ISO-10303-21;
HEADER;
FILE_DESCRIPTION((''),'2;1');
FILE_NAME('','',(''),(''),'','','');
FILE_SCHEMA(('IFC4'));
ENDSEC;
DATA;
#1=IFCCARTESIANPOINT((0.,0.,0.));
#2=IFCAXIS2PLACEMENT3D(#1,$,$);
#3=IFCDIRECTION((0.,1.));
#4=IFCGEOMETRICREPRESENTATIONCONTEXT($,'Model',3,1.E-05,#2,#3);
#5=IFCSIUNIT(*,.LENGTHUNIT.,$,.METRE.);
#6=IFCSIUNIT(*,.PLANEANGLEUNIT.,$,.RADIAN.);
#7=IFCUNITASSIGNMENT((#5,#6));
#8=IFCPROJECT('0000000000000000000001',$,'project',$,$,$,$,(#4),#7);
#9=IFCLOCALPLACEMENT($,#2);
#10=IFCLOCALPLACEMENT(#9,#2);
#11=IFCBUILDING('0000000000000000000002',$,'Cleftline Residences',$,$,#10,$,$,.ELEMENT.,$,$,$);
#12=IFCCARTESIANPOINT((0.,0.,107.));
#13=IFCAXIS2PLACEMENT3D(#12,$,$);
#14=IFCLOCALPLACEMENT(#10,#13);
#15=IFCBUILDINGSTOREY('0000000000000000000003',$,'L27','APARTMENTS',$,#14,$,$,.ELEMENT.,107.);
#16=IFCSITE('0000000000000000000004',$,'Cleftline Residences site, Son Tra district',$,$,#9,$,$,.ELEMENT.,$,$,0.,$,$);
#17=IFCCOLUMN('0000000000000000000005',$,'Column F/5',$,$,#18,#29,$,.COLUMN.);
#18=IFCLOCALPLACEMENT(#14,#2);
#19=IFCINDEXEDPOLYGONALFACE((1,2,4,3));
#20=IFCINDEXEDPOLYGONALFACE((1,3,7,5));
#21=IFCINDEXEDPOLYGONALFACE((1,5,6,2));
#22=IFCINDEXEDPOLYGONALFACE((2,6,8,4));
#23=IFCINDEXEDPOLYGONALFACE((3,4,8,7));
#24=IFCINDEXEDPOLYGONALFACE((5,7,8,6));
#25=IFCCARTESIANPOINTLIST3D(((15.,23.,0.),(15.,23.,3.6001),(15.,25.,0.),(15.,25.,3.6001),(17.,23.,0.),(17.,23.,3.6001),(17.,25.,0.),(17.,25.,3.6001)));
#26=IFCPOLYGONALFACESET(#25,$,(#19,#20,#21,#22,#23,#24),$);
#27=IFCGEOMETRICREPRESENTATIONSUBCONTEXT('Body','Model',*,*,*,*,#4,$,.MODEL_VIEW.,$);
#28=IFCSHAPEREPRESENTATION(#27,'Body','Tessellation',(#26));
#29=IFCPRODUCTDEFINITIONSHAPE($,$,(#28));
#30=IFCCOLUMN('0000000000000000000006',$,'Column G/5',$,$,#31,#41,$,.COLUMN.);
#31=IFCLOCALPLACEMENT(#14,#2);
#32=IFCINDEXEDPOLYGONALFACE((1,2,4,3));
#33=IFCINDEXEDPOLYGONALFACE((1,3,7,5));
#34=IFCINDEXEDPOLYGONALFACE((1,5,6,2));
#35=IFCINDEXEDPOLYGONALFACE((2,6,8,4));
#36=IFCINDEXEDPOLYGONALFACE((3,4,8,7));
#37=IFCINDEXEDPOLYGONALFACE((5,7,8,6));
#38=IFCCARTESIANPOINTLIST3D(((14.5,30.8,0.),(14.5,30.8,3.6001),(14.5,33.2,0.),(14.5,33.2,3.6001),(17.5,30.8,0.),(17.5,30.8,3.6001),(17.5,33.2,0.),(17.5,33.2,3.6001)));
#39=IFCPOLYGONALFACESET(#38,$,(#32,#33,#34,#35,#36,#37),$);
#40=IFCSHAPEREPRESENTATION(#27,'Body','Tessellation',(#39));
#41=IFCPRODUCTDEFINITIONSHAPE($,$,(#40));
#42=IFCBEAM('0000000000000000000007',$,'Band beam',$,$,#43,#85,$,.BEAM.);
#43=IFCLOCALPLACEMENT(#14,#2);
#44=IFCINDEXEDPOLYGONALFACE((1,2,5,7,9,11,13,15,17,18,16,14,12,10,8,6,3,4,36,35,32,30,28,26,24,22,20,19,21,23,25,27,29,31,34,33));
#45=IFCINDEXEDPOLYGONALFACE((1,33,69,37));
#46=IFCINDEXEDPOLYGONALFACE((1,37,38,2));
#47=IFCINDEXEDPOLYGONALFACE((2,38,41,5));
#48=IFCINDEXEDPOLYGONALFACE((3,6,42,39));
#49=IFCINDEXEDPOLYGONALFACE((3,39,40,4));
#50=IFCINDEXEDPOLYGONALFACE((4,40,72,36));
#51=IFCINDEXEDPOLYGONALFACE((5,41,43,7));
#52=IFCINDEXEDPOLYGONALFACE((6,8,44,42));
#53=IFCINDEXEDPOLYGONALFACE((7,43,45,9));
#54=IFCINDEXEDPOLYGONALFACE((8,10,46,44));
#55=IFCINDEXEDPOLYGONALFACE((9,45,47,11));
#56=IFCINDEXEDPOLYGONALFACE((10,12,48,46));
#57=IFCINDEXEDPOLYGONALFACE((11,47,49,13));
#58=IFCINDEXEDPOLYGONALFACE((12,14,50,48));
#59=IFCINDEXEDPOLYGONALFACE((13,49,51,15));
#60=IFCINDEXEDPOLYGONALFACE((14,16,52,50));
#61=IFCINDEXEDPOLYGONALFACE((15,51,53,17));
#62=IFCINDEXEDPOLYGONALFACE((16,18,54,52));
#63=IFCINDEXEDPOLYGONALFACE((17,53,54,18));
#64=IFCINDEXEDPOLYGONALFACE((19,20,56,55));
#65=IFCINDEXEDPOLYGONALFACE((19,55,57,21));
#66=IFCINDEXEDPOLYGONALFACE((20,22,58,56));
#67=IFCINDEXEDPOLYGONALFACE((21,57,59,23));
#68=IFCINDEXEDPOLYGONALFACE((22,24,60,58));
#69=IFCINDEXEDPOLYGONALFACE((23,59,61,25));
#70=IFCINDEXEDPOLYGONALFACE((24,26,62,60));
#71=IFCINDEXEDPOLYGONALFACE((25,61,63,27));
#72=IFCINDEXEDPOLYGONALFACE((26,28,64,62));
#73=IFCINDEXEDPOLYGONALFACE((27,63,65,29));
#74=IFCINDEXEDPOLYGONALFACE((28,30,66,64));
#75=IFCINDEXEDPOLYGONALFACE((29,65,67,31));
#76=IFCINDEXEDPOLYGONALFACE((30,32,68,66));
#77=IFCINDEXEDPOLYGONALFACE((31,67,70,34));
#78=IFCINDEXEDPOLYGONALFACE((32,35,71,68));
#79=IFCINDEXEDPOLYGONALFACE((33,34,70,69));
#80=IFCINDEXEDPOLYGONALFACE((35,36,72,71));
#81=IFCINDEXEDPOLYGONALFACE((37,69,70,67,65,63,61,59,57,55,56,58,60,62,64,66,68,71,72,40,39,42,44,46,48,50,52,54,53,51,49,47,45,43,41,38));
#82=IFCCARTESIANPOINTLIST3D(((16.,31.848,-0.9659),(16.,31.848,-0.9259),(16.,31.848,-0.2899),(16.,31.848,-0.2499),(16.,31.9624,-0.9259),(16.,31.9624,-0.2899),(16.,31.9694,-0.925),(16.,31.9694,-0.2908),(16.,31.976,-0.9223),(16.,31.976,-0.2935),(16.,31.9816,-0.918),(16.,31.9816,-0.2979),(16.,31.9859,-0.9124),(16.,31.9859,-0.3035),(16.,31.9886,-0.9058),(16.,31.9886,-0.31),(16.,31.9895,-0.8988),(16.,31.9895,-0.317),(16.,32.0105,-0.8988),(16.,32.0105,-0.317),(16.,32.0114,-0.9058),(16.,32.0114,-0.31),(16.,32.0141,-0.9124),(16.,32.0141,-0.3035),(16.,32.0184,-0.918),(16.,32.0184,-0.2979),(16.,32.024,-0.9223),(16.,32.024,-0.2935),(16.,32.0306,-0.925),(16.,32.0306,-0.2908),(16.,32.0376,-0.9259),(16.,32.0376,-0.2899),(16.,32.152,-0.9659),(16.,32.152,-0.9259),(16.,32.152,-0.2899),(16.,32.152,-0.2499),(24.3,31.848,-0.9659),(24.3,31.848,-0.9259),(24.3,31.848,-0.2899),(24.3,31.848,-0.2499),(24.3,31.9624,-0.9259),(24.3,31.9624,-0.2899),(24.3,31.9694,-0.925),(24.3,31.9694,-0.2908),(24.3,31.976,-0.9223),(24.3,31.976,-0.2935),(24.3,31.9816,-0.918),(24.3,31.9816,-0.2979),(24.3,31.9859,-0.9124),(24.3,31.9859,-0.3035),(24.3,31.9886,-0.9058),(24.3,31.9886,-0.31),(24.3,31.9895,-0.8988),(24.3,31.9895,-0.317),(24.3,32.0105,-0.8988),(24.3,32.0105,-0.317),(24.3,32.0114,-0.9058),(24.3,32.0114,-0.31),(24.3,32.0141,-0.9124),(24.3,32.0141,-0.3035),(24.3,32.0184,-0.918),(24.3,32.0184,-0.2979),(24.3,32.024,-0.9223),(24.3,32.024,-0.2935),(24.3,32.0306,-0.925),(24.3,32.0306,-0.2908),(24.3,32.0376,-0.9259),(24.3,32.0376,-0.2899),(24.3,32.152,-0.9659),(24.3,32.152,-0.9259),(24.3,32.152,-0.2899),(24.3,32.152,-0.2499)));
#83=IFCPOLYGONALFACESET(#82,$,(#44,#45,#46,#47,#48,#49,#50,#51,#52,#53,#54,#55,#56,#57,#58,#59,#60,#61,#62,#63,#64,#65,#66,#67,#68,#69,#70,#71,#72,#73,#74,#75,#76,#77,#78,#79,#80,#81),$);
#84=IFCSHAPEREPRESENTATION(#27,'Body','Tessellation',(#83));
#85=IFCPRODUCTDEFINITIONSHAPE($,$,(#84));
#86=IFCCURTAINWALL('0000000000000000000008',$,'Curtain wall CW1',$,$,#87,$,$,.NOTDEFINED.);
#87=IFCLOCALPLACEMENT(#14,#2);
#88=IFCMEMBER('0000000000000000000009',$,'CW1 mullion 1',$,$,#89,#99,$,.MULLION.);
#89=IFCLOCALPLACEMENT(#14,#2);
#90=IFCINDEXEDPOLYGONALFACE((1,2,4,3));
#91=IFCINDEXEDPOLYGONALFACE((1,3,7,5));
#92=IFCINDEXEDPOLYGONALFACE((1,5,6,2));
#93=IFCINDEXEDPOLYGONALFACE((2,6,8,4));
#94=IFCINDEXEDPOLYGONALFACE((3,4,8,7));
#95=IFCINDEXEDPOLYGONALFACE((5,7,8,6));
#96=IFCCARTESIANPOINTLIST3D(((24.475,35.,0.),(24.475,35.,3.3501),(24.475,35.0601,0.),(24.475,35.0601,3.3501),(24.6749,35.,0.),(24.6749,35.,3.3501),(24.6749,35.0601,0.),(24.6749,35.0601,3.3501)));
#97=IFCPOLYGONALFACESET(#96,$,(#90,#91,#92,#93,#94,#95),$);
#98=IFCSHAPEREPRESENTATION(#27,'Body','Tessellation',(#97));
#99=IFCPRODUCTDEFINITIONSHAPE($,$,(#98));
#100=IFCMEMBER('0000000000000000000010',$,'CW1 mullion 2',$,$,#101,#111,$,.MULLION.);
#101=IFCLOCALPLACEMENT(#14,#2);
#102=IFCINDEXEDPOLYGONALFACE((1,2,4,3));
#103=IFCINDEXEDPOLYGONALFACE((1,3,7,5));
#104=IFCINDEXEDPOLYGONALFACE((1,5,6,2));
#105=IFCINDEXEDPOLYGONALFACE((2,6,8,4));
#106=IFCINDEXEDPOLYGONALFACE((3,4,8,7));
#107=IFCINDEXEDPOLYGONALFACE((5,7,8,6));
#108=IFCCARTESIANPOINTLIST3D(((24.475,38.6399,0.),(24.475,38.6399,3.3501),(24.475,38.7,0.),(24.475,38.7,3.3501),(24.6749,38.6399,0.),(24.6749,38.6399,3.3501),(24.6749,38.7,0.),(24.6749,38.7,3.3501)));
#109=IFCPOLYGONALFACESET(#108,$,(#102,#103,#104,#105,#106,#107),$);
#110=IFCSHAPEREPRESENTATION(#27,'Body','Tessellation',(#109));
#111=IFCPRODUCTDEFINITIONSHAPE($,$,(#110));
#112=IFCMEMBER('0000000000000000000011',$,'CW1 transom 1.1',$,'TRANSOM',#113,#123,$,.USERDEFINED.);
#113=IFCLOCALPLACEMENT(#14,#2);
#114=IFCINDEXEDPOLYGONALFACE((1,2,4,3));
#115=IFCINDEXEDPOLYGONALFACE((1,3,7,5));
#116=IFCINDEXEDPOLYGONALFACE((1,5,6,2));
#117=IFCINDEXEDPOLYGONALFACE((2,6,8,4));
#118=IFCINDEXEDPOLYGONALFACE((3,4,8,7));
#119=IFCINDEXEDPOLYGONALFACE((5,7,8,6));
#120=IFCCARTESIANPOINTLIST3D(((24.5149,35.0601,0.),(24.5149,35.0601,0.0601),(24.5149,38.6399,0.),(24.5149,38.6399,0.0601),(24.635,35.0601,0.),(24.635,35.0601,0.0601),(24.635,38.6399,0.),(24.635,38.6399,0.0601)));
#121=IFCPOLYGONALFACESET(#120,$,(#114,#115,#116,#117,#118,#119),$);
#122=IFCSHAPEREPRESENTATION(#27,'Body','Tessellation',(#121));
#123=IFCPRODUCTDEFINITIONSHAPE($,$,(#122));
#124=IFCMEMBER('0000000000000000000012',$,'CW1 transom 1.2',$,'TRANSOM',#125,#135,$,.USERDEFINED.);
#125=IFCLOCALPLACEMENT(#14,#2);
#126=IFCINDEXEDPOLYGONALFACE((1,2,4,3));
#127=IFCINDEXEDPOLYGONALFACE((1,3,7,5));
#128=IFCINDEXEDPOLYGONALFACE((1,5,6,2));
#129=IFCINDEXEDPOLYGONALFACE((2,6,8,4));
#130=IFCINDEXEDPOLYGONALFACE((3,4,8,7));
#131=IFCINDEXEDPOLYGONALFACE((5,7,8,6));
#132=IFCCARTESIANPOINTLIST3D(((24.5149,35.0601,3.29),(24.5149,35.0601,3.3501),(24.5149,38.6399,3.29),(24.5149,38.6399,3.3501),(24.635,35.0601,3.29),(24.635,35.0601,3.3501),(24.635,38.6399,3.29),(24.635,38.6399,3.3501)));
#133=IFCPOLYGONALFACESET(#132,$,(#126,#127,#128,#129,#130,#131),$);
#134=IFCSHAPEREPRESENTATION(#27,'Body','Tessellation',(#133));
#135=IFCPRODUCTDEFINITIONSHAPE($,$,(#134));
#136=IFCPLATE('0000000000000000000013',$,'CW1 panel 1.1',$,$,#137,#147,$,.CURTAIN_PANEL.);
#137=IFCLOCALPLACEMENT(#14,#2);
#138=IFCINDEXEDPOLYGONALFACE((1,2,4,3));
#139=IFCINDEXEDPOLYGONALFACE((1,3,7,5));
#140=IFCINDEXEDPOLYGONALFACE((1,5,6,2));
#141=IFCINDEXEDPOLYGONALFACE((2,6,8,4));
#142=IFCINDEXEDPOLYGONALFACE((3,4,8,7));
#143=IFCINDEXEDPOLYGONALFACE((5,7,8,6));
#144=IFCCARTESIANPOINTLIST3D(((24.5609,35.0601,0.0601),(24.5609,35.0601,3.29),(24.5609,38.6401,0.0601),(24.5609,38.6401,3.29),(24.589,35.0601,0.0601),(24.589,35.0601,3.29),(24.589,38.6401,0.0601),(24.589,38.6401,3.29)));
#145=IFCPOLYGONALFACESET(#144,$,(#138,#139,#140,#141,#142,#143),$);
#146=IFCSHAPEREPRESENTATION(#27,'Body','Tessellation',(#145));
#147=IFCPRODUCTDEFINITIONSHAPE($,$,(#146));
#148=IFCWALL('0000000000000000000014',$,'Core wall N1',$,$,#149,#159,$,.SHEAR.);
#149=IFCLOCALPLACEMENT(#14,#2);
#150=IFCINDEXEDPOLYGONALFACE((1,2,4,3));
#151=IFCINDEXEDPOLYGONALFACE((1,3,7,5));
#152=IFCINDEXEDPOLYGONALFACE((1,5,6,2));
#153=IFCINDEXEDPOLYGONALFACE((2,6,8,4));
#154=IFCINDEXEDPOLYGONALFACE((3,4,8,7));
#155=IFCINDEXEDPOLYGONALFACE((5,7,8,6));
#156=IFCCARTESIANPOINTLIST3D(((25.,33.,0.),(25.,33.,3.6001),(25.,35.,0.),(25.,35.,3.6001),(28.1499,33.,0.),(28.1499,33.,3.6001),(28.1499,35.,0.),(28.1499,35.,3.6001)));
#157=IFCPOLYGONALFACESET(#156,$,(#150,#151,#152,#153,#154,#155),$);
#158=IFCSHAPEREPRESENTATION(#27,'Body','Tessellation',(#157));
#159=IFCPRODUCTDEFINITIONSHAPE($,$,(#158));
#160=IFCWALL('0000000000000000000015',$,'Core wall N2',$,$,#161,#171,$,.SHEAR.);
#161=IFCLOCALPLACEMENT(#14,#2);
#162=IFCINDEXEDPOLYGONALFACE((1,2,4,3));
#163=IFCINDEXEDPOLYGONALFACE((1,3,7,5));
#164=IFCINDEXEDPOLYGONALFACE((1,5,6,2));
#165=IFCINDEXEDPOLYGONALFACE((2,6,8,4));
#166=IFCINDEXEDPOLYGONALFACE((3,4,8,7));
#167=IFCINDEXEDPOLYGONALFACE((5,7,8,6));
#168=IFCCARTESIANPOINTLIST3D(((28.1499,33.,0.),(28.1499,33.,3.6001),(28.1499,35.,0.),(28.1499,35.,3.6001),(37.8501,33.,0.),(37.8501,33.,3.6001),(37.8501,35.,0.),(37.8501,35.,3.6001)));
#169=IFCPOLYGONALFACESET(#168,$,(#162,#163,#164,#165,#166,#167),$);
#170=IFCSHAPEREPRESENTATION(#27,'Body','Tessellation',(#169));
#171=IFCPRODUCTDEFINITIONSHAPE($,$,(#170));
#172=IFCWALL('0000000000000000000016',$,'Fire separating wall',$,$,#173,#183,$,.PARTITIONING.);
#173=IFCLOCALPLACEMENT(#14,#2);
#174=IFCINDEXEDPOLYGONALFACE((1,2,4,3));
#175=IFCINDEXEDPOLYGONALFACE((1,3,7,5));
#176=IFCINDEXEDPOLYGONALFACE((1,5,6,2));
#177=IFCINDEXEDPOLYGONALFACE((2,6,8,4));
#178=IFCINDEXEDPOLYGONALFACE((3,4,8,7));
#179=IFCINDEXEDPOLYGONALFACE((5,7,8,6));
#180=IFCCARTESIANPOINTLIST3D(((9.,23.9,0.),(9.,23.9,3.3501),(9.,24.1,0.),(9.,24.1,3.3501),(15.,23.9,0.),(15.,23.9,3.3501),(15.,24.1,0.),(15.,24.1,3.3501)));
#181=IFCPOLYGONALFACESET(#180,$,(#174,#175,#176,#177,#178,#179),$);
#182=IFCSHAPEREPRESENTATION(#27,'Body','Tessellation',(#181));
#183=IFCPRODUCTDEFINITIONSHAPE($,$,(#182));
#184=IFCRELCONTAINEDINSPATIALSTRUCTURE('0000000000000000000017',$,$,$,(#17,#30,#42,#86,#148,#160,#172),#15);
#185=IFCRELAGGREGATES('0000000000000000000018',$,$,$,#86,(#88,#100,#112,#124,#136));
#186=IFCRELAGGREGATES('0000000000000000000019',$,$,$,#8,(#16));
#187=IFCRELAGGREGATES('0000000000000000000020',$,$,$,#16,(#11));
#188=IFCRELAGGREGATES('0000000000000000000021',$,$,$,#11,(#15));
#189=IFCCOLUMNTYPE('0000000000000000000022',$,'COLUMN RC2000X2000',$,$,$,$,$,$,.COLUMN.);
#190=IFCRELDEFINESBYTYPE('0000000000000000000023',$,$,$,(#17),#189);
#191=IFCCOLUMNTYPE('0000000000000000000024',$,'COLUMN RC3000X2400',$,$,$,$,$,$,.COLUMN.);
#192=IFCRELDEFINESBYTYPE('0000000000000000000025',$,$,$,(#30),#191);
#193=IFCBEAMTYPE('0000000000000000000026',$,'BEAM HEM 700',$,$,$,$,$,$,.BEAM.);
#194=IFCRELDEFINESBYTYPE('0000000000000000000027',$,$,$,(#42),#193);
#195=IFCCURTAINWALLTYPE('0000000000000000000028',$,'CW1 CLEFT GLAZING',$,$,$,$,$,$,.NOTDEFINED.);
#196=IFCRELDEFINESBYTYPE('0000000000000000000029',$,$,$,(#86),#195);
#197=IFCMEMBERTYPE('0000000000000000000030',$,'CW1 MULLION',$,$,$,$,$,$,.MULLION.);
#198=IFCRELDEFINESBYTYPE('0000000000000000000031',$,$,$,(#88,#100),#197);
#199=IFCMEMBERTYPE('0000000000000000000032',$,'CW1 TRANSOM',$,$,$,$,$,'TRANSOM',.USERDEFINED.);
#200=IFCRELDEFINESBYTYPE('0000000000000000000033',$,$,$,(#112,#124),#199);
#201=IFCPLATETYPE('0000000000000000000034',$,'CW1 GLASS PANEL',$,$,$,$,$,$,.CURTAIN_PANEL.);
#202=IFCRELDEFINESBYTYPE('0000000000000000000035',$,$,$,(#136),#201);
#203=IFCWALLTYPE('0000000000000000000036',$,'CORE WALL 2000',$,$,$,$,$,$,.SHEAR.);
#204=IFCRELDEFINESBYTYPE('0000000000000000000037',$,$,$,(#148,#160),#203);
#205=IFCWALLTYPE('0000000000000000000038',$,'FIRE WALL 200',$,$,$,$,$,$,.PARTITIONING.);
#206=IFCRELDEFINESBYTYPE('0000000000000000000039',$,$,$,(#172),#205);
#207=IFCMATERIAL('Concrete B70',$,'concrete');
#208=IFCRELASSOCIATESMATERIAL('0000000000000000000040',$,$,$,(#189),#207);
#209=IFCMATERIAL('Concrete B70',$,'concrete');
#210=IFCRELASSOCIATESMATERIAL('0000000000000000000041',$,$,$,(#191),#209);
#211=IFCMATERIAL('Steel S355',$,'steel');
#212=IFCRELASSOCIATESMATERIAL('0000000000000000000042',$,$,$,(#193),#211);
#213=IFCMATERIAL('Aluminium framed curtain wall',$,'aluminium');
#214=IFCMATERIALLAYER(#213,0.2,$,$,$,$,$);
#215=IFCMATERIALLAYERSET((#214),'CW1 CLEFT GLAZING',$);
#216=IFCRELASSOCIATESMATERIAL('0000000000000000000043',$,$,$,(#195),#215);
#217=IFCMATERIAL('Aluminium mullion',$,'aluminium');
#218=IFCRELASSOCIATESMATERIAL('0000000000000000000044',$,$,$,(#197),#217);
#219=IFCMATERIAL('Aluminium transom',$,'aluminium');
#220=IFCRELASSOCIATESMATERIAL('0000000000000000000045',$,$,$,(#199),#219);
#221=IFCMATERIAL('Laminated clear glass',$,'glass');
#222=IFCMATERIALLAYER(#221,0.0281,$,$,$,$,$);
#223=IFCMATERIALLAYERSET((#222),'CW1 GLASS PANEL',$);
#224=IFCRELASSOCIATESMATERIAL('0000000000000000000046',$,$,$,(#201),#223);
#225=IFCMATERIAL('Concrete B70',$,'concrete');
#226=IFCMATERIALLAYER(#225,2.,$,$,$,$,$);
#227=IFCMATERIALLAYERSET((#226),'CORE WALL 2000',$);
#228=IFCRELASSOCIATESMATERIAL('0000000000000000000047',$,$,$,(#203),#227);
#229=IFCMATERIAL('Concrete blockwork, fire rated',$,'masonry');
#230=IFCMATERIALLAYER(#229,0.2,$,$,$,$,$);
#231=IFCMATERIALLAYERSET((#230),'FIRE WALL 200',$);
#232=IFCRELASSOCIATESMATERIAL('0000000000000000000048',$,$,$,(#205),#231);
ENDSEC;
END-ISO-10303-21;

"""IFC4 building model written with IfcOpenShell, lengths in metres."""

from ifc_helpers import new_model, si_unit, direction, frame, frame_2d, origin, origin_2d, place, context, subcontext, project, spatial, rectangle, i_section, extrude, material, layer, layer_set, material_profile, profile_set, type_object, element, aggregate, save


model = new_model("IFC4")

# Units and contexts
model_context = context("Model", 3, precision=1e-05, world=origin(), true_north=direction((0.0, 1.0)))
body_context = subcontext(model_context, "Body", "Model", "MODEL_VIEW")
ifc_project = project(units=[si_unit("LENGTHUNIT", "METRE"), si_unit("PLANEANGLEUNIT", "RADIAN")], contexts=[model_context])

# Site, building, storey
site_placement = place(None, origin())
site = spatial("IfcSite", under=ifc_project, at=site_placement, Name="Cleftline Residences site, Son Tra district", CompositionType="ELEMENT", RefElevation=0.0)
building_placement = place(site_placement, origin())
building = spatial("IfcBuilding", under=site, at=building_placement, Name="Cleftline Residences", CompositionType="ELEMENT")
storey_placement = place(building_placement, frame((0.0, 0.0, 107.0)))
storey = spatial("IfcBuildingStorey", under=building, at=storey_placement, Name="L27", Description="APARTMENTS", CompositionType="ELEMENT", Elevation=107.0)

# Columns
ifc_material_1 = material(Name="Concrete B70", Category="concrete")
ifc_material_profile_1 = material_profile(ifc_material_1, rectangle(XDim=2.0, YDim=2.0, at=origin_2d()))
ifc_profile_set_1 = profile_set([ifc_material_profile_1], Name="Concrete B70")
column_type_1 = type_object("IfcColumnType", Name="COLUMN RC2000X2000", PredefinedType="COLUMN", material=ifc_profile_set_1)
column_1_placement = place(storey_placement, frame((16.0, 24.0, 0.0), z_axis=(0.0, 0.0, 1.0), x_axis=(1.0, 0.0, 0.0)))
element("IfcColumn", 1, at=column_1_placement, inside=storey, type_object=column_type_1, Name="Column F/5", PredefinedType="COLUMN", context=body_context, shape_type="SweptSolid", body=[
    extrude(rectangle(XDim=2.0, YDim=2.0, at=origin_2d()), origin(), (0.0, 0.0, 1.0), 3.6001),
])
ifc_material_2 = material(Name="Concrete B70", Category="concrete")
ifc_material_profile_2 = material_profile(ifc_material_2, rectangle(XDim=3.0, YDim=2.3999, at=origin_2d()))
ifc_profile_set_2 = profile_set([ifc_material_profile_2], Name="Concrete B70")
column_type_2 = type_object("IfcColumnType", Name="COLUMN RC3000X2400", PredefinedType="COLUMN", material=ifc_profile_set_2)
column_2_placement = place(storey_placement, frame((16.0, 32.0, 0.0), z_axis=(0.0, 0.0, 1.0), x_axis=(1.0, 0.0, 0.0)))
element("IfcColumn", 2, at=column_2_placement, inside=storey, type_object=column_type_2, Name="Column G/5", PredefinedType="COLUMN", context=body_context, shape_type="SweptSolid", body=[
    extrude(rectangle(XDim=3.0, YDim=2.3999, at=origin_2d()), origin(), (0.0, 0.0, 1.0), 3.6001),
])

# Beam
ifc_material_3 = material(Name="Steel S355", Category="steel")
ifc_material_profile_3 = material_profile(ifc_material_3, i_section(OverallWidth=0.304, OverallDepth=0.7161, WebThickness=0.021, FlangeThickness=0.04, FilletRadius=0.0271, at=origin_2d()))
ifc_profile_set_3 = profile_set([ifc_material_profile_3], Name="Steel S355")
beam_type = type_object("IfcBeamType", Name="BEAM HEM 700", PredefinedType="BEAM", material=ifc_profile_set_3)
beam_placement = place(storey_placement, frame((16.0, 32.0, -0.6079), z_axis=(1.0, 0.0, 0.0), x_axis=(0.0, 1.0, 0.0)))
element("IfcBeam", 3, at=beam_placement, inside=storey, type_object=beam_type, Name="Band beam", PredefinedType="BEAM", context=body_context, shape_type="SweptSolid", body=[
    extrude(i_section(OverallWidth=0.304, OverallDepth=0.7161, WebThickness=0.021, FlangeThickness=0.04, FilletRadius=0.0271, at=origin_2d()), origin(), (0.0, 0.0, 1.0), 8.3),
])

# Curtain wall, members, plate
ifc_material_4 = material(Name="Aluminium framed curtain wall", Category="aluminium")
ifc_layer_1 = layer(ifc_material_4, 0.2)
ifc_layer_set_1 = layer_set([ifc_layer_1], Name="CW1 CLEFT GLAZING")
curtain_wall_type = type_object("IfcCurtainWallType", Name="CW1 CLEFT GLAZING", PredefinedType="NOTDEFINED", material=ifc_layer_set_1)
curtain_wall_placement = place(storey_placement, origin())
curtain_wall = element("IfcCurtainWall", 4, at=curtain_wall_placement, inside=storey, type_object=curtain_wall_type, Name="Curtain wall CW1", PredefinedType="NOTDEFINED")
ifc_material_5 = material(Name="Aluminium mullion", Category="aluminium")
ifc_material_profile_4 = material_profile(ifc_material_5, rectangle(XDim=0.2, YDim=0.0601, at=origin_2d()))
ifc_profile_set_4 = profile_set([ifc_material_profile_4], Name="Aluminium mullion")
member_type_1 = type_object("IfcMemberType", Name="CW1 MULLION", PredefinedType="MULLION", material=ifc_profile_set_4)
member_1_placement = place(storey_placement, frame((24.575, 35.03, 0.0), z_axis=(0.0, 0.0, 1.0), x_axis=(-1.0, 0.0, 0.0)))
member_1 = element("IfcMember", 5, at=member_1_placement, type_object=member_type_1, Name="CW1 mullion 1", PredefinedType="MULLION", context=body_context, shape_type="SweptSolid", body=[
    extrude(rectangle(XDim=0.2, YDim=0.0601, at=origin_2d()), origin(), (0.0, 0.0, 1.0), 3.3501),
])
member_2_placement = place(storey_placement, frame((24.575, 38.6699, 0.0), z_axis=(0.0, 0.0, 1.0), x_axis=(-1.0, 0.0, 0.0)))
member_2 = element("IfcMember", 6, at=member_2_placement, type_object=member_type_1, Name="CW1 mullion 2", PredefinedType="MULLION", context=body_context, shape_type="SweptSolid", body=[
    extrude(rectangle(XDim=0.2, YDim=0.0601, at=origin_2d()), origin(), (0.0, 0.0, 1.0), 3.3501),
])
ifc_material_6 = material(Name="Aluminium transom", Category="aluminium")
ifc_material_profile_5 = material_profile(ifc_material_6, rectangle(XDim=0.1201, YDim=0.0601, at=origin_2d()))
ifc_profile_set_5 = profile_set([ifc_material_profile_5], Name="Aluminium transom")
member_type_2 = type_object("IfcMemberType", Name="CW1 TRANSOM", ElementType="TRANSOM", PredefinedType="USERDEFINED", material=ifc_profile_set_5)
member_3_placement = place(storey_placement, frame((24.575, 35.0601, 0.03), z_axis=(0.0, 1.0, 0.0), x_axis=(-1.0, 0.0, 0.0)))
member_3 = element("IfcMember", 7, at=member_3_placement, type_object=member_type_2, Name="CW1 transom 1.1", ObjectType="TRANSOM", PredefinedType="USERDEFINED", context=body_context, shape_type="SweptSolid", body=[
    extrude(rectangle(XDim=0.1201, YDim=0.0601, at=origin_2d()), origin(), (0.0, 0.0, 1.0), 3.5798),
])
member_4_placement = place(storey_placement, frame((24.575, 35.0601, 3.3201), z_axis=(0.0, 1.0, 0.0), x_axis=(-1.0, 0.0, 0.0)))
member_4 = element("IfcMember", 8, at=member_4_placement, type_object=member_type_2, Name="CW1 transom 1.2", ObjectType="TRANSOM", PredefinedType="USERDEFINED", context=body_context, shape_type="SweptSolid", body=[
    extrude(rectangle(XDim=0.1201, YDim=0.0601, at=origin_2d()), origin(), (0.0, 0.0, 1.0), 3.5798),
])
ifc_material_7 = material(Name="Laminated clear glass", Category="glass")
ifc_layer_2 = layer(ifc_material_7, 0.0281)
ifc_layer_set_2 = layer_set([ifc_layer_2], Name="CW1 GLASS PANEL")
plate_type = type_object("IfcPlateType", Name="CW1 GLASS PANEL", PredefinedType="CURTAIN_PANEL", material=ifc_layer_set_2)
plate_placement = place(storey_placement, frame((24.575, 36.8501, 0.0601), z_axis=(0.0, 0.0, 1.0), x_axis=(0.0, 1.0, 0.0)))
plate = element("IfcPlate", 9, at=plate_placement, type_object=plate_type, Name="CW1 panel 1.1", PredefinedType="CURTAIN_PANEL", context=body_context, shape_type="SweptSolid", body=[
    extrude(rectangle(XDim=3.5801, YDim=0.0281, at=origin_2d()), origin(), (0.0, 0.0, 1.0), 3.23),
])
aggregate(curtain_wall, [member_1, member_2, member_3, member_4, plate])

# Walls
ifc_material_8 = material(Name="Concrete B70", Category="concrete")
ifc_layer_3 = layer(ifc_material_8, 2.0)
ifc_layer_set_3 = layer_set([ifc_layer_3], Name="CORE WALL 2000")
wall_type_1 = type_object("IfcWallType", Name="CORE WALL 2000", PredefinedType="SHEAR", material=ifc_layer_set_3)
wall_1_placement = place(storey_placement, frame((25.0, 34.0, 0.0), z_axis=(0.0, 0.0, 1.0), x_axis=(1.0, 0.0, 0.0)))
element("IfcWall", 10, at=wall_1_placement, inside=storey, type_object=wall_type_1, Name="Core wall N1", PredefinedType="SHEAR", context=body_context, shape_type="SweptSolid", body=[
    extrude(rectangle(XDim=3.1499, YDim=2.0, at=frame_2d((1.575, 0.0))), origin(), (0.0, 0.0, 1.0), 3.6001),
])
wall_2_placement = place(storey_placement, frame((28.1499, 34.0, 0.0), z_axis=(0.0, 0.0, 1.0), x_axis=(1.0, 0.0, 0.0)))
element("IfcWall", 11, at=wall_2_placement, inside=storey, type_object=wall_type_1, Name="Core wall N2", PredefinedType="SHEAR", context=body_context, shape_type="SweptSolid", body=[
    extrude(rectangle(XDim=9.7002, YDim=2.0, at=frame_2d((4.8501, 0.0))), origin(), (0.0, 0.0, 1.0), 3.6001),
])
ifc_material_9 = material(Name="Concrete blockwork, fire rated", Category="masonry")
ifc_layer_4 = layer(ifc_material_9, 0.2)
ifc_layer_set_4 = layer_set([ifc_layer_4], Name="FIRE WALL 200")
wall_type_2 = type_object("IfcWallType", Name="FIRE WALL 200", PredefinedType="PARTITIONING", material=ifc_layer_set_4)
wall_3_placement = place(storey_placement, frame((9.0, 24.0, 0.0), z_axis=(0.0, 0.0, 1.0), x_axis=(1.0, 0.0, 0.0)))
element("IfcWall", 12, at=wall_3_placement, inside=storey, type_object=wall_type_2, Name="Fire separating wall", PredefinedType="PARTITIONING", context=body_context, shape_type="SweptSolid", body=[
    extrude(rectangle(XDim=6.0, YDim=0.2, at=frame_2d((3.0, 0.0))), origin(), (0.0, 0.0, 1.0), 3.3501),
])

save(model, "model.ifc")
